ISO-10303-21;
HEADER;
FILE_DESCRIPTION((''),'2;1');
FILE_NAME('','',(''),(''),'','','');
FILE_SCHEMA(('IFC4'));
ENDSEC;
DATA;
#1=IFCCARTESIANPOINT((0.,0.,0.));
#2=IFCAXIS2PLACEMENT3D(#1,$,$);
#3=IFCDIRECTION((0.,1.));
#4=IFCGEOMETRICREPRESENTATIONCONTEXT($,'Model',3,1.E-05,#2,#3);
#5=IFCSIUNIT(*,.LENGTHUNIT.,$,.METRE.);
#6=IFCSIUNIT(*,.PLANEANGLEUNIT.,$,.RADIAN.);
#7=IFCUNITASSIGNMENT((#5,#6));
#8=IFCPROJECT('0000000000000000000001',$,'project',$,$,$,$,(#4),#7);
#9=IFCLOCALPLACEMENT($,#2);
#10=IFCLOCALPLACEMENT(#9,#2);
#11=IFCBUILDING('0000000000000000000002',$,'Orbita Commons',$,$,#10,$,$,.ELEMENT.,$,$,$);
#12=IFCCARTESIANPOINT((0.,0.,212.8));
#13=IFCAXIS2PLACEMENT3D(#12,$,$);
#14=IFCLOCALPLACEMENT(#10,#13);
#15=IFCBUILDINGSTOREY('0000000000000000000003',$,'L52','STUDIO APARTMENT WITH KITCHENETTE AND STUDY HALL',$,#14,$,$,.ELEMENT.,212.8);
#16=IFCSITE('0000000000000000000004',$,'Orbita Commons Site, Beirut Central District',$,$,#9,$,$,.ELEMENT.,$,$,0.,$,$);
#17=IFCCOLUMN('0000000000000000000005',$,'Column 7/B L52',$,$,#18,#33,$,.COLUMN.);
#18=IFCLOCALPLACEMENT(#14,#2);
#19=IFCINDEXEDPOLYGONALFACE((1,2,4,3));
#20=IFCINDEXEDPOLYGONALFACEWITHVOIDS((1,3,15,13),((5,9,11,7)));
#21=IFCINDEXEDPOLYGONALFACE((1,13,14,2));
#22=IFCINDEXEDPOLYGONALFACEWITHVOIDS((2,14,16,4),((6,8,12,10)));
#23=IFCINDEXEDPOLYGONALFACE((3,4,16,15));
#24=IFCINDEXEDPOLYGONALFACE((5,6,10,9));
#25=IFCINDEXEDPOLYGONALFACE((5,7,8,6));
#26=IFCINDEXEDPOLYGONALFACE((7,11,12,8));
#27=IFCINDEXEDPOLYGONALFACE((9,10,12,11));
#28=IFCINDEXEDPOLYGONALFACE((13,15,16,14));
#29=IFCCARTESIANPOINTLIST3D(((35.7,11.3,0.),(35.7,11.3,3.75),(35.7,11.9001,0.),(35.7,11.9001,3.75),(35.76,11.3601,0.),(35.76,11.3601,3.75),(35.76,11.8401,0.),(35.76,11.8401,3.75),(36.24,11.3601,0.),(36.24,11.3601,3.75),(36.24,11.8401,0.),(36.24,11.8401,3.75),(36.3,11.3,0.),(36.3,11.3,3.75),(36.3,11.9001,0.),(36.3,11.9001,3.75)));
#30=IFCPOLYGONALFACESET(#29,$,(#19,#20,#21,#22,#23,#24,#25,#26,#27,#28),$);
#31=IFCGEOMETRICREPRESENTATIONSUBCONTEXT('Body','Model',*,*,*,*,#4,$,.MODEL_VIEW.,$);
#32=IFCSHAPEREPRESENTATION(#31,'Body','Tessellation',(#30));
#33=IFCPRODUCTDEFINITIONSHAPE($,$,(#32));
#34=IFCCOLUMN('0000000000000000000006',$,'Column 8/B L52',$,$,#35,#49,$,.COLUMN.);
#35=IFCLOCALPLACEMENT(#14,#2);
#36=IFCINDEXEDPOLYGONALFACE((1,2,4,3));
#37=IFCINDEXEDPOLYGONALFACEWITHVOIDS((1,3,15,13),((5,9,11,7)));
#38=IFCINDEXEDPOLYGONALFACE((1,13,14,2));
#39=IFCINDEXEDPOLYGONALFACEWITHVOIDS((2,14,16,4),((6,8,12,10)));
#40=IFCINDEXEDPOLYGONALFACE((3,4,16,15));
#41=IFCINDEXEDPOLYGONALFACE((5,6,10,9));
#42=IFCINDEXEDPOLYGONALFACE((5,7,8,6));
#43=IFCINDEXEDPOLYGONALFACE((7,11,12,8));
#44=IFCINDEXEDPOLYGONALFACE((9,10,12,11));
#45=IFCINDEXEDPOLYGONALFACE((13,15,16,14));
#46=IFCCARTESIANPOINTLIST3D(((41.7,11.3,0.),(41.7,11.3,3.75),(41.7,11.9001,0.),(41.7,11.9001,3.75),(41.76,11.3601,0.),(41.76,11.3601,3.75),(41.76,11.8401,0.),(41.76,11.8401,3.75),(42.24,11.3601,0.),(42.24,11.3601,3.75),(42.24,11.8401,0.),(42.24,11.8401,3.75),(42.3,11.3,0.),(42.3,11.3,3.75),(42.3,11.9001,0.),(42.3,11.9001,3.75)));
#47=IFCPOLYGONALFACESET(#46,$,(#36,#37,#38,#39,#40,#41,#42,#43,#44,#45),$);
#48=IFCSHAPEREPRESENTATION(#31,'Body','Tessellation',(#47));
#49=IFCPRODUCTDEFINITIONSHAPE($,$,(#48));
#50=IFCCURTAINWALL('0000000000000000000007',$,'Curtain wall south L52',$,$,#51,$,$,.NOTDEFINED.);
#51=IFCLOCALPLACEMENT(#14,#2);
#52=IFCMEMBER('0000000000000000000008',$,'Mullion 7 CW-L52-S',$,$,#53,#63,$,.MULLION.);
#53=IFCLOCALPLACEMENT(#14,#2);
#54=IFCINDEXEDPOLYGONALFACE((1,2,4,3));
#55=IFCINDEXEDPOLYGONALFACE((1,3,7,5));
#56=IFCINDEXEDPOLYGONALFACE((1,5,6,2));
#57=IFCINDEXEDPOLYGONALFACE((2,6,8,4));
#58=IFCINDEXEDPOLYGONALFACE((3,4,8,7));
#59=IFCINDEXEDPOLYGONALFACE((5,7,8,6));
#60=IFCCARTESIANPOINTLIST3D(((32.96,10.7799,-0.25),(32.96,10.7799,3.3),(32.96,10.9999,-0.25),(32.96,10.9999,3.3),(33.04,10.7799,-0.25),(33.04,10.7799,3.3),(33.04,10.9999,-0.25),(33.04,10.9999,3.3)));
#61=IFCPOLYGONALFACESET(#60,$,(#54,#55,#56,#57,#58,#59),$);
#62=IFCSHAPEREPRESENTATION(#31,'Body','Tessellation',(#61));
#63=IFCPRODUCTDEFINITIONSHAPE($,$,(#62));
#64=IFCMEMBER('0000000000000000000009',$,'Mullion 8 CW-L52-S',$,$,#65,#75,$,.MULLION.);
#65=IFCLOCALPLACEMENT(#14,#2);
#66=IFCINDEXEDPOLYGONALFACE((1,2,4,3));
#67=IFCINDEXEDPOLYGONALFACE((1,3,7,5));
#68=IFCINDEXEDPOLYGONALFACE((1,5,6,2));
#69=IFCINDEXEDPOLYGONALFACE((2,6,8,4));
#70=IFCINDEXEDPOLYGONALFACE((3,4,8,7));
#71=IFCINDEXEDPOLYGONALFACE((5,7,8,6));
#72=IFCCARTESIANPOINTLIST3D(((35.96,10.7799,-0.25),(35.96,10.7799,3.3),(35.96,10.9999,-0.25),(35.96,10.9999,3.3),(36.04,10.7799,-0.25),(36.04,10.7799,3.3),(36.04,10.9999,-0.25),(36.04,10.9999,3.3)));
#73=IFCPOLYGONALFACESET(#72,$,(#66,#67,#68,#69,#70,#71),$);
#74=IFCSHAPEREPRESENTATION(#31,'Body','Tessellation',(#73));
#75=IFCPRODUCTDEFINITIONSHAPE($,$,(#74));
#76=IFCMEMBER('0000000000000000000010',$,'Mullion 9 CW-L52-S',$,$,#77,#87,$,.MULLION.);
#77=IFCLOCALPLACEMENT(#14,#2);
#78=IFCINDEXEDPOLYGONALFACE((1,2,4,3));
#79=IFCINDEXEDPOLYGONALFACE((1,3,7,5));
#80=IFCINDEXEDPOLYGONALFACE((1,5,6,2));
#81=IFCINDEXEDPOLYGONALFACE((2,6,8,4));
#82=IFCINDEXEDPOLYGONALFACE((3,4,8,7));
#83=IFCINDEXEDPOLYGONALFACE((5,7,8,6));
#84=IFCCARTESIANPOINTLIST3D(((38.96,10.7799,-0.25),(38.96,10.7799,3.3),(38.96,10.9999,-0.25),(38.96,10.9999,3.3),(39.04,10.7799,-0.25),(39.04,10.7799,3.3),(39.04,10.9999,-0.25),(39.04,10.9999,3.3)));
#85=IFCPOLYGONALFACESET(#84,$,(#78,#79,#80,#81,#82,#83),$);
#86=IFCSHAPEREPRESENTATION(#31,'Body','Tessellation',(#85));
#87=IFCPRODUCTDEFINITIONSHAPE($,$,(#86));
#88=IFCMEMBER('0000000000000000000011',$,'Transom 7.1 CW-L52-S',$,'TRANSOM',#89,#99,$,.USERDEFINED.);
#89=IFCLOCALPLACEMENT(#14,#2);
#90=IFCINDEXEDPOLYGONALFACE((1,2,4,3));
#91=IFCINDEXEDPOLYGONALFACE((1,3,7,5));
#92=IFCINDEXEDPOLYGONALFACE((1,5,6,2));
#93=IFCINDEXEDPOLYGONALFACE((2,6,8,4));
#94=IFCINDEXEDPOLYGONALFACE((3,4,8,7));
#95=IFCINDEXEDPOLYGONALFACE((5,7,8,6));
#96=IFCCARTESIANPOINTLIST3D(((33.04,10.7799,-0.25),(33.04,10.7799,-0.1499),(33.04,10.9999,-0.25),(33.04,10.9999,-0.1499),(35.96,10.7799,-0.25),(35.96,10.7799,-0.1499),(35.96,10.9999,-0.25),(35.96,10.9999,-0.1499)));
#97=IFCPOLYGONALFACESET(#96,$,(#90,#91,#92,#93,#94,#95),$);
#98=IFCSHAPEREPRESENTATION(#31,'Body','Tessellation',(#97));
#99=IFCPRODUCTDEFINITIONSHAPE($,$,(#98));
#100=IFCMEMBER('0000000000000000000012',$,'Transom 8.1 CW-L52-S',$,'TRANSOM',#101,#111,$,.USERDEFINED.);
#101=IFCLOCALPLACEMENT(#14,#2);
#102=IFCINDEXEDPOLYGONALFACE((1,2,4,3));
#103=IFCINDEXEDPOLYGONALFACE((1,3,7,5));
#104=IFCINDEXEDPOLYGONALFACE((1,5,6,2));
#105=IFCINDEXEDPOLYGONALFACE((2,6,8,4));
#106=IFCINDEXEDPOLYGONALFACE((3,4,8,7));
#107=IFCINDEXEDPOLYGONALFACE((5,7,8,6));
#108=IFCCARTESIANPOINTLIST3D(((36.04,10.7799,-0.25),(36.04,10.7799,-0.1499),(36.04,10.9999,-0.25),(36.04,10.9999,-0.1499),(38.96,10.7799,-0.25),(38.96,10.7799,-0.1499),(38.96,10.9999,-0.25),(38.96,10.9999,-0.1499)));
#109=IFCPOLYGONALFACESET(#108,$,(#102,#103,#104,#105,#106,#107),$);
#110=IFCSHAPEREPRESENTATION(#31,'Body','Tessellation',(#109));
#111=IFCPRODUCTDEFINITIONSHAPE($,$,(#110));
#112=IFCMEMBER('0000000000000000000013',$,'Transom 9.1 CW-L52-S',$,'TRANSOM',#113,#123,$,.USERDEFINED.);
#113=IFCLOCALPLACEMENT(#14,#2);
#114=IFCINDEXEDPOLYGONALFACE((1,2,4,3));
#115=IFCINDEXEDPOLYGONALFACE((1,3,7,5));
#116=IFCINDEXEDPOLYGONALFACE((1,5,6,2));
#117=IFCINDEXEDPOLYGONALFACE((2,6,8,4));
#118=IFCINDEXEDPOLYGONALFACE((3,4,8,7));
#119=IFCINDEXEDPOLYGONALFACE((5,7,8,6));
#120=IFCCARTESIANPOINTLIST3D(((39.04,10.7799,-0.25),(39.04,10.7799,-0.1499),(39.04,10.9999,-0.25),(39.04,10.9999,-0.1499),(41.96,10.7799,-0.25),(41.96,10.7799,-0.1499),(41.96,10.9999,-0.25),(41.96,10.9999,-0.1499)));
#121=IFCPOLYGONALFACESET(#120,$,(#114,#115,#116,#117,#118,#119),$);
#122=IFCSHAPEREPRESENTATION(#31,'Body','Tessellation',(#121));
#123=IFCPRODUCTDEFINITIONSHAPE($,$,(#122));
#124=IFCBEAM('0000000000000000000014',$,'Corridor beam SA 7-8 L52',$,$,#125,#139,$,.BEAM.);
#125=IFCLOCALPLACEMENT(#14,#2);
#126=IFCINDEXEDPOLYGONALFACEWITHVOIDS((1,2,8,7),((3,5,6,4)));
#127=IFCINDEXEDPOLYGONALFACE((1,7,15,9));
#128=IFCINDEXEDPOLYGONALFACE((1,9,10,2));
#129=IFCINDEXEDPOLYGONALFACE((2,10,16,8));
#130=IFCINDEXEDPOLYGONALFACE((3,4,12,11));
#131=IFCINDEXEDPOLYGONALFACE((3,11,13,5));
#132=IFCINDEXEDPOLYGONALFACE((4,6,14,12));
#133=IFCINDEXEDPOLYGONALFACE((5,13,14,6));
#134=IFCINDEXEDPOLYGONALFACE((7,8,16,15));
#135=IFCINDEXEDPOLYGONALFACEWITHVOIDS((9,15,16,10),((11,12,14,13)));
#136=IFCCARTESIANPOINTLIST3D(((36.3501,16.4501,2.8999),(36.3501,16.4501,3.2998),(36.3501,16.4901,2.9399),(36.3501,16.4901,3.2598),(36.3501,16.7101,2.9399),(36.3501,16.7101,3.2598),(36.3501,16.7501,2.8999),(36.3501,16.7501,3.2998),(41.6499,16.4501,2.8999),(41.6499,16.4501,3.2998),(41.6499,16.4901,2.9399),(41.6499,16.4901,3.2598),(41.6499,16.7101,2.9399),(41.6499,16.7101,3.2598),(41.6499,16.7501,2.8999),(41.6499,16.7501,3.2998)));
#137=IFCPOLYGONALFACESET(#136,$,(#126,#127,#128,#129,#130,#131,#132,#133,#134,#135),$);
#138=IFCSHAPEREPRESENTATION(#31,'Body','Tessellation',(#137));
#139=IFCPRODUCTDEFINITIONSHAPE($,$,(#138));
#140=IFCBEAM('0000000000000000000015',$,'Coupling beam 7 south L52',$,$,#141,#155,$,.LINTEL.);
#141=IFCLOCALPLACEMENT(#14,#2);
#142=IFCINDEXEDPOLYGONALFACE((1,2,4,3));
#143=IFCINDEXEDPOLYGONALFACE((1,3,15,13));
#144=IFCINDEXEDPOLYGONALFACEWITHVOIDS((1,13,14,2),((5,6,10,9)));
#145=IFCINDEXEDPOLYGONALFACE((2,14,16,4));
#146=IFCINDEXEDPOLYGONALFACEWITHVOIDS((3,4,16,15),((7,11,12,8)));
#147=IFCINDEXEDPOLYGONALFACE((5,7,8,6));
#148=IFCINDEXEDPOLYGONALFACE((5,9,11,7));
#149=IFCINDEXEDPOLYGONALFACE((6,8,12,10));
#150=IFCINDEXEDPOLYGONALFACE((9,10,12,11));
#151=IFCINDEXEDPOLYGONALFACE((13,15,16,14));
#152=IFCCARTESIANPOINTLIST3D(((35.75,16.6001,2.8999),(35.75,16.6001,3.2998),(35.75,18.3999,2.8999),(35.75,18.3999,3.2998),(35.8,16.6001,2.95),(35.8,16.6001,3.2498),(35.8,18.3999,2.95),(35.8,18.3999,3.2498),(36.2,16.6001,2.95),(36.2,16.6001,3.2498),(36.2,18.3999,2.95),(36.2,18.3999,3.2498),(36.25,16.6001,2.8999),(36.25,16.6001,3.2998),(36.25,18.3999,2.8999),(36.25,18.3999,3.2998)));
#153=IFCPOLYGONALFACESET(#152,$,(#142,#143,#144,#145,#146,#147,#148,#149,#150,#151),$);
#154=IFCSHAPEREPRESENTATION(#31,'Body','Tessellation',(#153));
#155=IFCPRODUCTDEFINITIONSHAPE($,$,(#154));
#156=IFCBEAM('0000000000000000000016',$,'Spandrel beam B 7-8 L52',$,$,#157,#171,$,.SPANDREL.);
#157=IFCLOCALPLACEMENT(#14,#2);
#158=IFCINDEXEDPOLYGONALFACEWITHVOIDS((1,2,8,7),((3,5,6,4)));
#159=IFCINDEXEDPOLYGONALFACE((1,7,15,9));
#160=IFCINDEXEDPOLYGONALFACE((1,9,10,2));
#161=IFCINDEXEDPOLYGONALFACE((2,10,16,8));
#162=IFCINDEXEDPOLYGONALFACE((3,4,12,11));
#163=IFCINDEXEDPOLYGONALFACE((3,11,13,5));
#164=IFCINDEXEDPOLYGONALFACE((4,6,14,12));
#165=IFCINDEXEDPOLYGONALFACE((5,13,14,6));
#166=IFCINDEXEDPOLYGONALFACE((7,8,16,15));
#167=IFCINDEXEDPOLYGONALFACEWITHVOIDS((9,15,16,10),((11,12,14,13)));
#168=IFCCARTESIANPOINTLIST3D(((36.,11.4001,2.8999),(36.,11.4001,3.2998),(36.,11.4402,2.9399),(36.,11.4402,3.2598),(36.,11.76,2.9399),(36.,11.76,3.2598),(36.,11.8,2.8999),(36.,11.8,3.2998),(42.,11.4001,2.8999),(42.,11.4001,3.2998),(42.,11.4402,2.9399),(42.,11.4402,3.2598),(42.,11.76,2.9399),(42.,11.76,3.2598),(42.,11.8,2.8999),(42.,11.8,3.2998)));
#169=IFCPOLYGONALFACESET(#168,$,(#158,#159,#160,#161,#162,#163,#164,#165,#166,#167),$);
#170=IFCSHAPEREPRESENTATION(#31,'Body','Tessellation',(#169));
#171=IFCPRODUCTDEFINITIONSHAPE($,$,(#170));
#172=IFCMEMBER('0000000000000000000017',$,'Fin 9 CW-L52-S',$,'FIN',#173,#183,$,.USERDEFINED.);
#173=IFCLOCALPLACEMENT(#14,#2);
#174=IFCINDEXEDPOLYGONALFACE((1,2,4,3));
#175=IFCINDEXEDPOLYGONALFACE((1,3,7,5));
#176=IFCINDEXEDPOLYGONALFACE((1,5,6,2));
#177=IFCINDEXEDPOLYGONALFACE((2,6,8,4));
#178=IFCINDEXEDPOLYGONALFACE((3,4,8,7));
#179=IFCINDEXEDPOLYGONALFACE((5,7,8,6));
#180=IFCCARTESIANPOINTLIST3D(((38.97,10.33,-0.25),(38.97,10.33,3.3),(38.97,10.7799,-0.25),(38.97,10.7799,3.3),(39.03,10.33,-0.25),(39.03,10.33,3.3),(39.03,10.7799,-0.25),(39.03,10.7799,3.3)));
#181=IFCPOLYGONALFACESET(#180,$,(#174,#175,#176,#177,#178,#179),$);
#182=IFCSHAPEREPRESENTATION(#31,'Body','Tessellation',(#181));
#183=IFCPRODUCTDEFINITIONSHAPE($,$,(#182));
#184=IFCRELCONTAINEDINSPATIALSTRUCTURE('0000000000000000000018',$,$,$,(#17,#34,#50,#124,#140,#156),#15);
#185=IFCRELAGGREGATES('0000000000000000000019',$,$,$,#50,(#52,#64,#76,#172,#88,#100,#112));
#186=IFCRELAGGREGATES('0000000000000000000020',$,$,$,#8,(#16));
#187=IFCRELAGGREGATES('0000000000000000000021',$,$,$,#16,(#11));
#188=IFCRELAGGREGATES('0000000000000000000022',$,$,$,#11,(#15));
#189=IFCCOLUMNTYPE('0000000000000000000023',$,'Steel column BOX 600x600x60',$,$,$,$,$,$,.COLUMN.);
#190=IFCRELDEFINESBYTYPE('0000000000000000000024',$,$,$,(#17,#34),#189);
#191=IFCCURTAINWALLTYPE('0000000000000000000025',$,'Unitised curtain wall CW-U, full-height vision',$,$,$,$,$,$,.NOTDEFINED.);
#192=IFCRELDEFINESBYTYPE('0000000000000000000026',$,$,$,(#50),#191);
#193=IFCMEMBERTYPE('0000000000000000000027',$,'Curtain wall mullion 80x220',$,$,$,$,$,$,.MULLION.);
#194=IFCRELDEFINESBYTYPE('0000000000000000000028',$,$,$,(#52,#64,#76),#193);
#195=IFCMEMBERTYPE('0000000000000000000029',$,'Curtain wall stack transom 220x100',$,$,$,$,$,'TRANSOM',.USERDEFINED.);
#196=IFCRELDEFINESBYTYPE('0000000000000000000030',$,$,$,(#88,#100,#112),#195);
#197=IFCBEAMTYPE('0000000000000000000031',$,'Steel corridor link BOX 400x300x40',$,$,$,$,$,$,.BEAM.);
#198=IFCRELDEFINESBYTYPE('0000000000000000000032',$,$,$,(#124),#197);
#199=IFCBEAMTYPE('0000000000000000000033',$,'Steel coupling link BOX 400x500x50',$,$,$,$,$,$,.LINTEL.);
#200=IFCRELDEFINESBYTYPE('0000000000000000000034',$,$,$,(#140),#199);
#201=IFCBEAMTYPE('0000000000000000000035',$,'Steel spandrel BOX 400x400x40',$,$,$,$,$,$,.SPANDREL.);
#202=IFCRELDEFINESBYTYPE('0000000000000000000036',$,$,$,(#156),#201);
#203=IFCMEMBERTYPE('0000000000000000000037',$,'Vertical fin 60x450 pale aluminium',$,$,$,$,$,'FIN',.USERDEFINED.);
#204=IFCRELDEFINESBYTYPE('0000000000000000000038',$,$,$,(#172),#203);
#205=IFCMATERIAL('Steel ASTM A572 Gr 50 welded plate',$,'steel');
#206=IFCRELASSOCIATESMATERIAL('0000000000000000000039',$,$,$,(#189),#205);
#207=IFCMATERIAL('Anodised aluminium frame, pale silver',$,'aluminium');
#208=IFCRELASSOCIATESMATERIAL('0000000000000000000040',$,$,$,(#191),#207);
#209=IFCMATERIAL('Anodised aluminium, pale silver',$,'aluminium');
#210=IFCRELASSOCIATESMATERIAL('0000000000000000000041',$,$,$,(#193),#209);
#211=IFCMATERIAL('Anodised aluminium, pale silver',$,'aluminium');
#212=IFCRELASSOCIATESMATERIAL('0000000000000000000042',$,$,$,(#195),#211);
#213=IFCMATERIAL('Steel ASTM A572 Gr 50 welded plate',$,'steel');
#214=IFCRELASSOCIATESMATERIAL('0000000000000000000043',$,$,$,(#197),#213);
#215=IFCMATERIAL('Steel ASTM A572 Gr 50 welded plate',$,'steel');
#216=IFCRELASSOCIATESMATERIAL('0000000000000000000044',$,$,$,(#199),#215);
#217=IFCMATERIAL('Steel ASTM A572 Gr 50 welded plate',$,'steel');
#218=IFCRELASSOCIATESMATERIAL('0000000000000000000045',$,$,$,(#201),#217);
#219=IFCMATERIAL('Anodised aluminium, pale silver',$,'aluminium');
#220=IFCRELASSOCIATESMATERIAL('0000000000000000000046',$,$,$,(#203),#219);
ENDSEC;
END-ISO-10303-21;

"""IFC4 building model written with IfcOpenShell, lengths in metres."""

from ifc_helpers import new_model, si_unit, direction, frame, origin, origin_2d, place, context, subcontext, project, spatial, rectangle, hollow_rectangle, extrude, material, material_profile, profile_set, type_object, element, aggregate, save


model = new_model("IFC4")

# Units and contexts
model_context = context("Model", 3, precision=1e-05, world=origin(), true_north=direction((0.0, 1.0)))
body_context = subcontext(model_context, "Body", "Model", "MODEL_VIEW")
ifc_project = project(units=[si_unit("LENGTHUNIT", "METRE"), si_unit("PLANEANGLEUNIT", "RADIAN")], contexts=[model_context])

# Site, building, storey
site_placement = place(None, origin())
site = spatial("IfcSite", under=ifc_project, at=site_placement, Name="Orbita Commons Site, Beirut Central District", CompositionType="ELEMENT", RefElevation=0.0)
building_placement = place(site_placement, origin())
building = spatial("IfcBuilding", under=site, at=building_placement, Name="Orbita Commons", CompositionType="ELEMENT")
storey_placement = place(building_placement, frame((0.0, 0.0, 212.8)))
storey = spatial("IfcBuildingStorey", under=building, at=storey_placement, Name="L52", Description="STUDIO APARTMENT WITH KITCHENETTE AND STUDY HALL", CompositionType="ELEMENT", Elevation=212.8)

# Columns
ifc_material_1 = material(Name="Steel ASTM A572 Gr 50 welded plate", Category="steel")
ifc_material_profile_1 = material_profile(ifc_material_1, hollow_rectangle(XDim=0.6001, YDim=0.6001, WallThickness=0.0601, at=origin_2d()), Name="BOX 600x600x60")
ifc_profile_set_1 = profile_set([ifc_material_profile_1], Name="Steel ASTM A572 Gr 50 welded plate")
column_type = type_object("IfcColumnType", Name="Steel column BOX 600x600x60", PredefinedType="COLUMN", material=ifc_profile_set_1)
for number, where, z_axis, x_axis, name in (
    (1, (36.0, 11.6001, 0.0), (0.0, 0.0, 1.0), (1.0, 0.0, 0.0), "Column 7/B L52"),
    (2, (42.0, 11.6001, 0.0), (0.0, 0.0, 1.0), (1.0, 0.0, 0.0), "Column 8/B L52"),
):
    element("IfcColumn", number, at=place(storey_placement, frame(where, z_axis=z_axis, x_axis=x_axis)), inside=storey, type_object=column_type, Name=name, PredefinedType="COLUMN", context=body_context, shape_type="SweptSolid", body=[
        extrude(hollow_rectangle(XDim=0.6001, YDim=0.6001, WallThickness=0.0601, at=origin_2d()), origin(), (0.0, 0.0, 1.0), 3.75),
    ])

# Curtain wall, members
ifc_material_2 = material(Name="Anodised aluminium frame, pale silver", Category="aluminium")
curtain_wall_type = type_object("IfcCurtainWallType", Name="Unitised curtain wall CW-U, full-height vision", PredefinedType="NOTDEFINED", material=ifc_material_2)
curtain_wall_placement = place(storey_placement, origin())
curtain_wall = element("IfcCurtainWall", 3, at=curtain_wall_placement, inside=storey, type_object=curtain_wall_type, Name="Curtain wall south L52", PredefinedType="NOTDEFINED")
ifc_material_3 = material(Name="Anodised aluminium, pale silver", Category="aluminium")
ifc_material_profile_2 = material_profile(ifc_material_3, rectangle(XDim=0.0801, YDim=0.22, at=origin_2d()), Name="AL 80x220")
ifc_profile_set_2 = profile_set([ifc_material_profile_2], Name="Anodised aluminium, pale silver")
member_type_1 = type_object("IfcMemberType", Name="Curtain wall mullion 80x220", PredefinedType="MULLION", material=ifc_profile_set_2)
member_1_placement = place(storey_placement, frame((33.0, 10.8899, -0.25), z_axis=(0.0, 0.0, 1.0), x_axis=(1.0, 0.0, 0.0)))
member_1 = element("IfcMember", 4, at=member_1_placement, type_object=member_type_1, Name="Mullion 7 CW-L52-S", PredefinedType="MULLION", context=body_context, shape_type="SweptSolid", body=[
    extrude(rectangle(XDim=0.0801, YDim=0.22, at=origin_2d()), origin(), (0.0, 0.0, 1.0), 3.55),
])
member_2_placement = place(storey_placement, frame((36.0, 10.8899, -0.25), z_axis=(0.0, 0.0, 1.0), x_axis=(1.0, 0.0, 0.0)))
member_2 = element("IfcMember", 5, at=member_2_placement, type_object=member_type_1, Name="Mullion 8 CW-L52-S", PredefinedType="MULLION", context=body_context, shape_type="SweptSolid", body=[
    extrude(rectangle(XDim=0.0801, YDim=0.22, at=origin_2d()), origin(), (0.0, 0.0, 1.0), 3.55),
])
member_3_placement = place(storey_placement, frame((39.0, 10.8899, -0.25), z_axis=(0.0, 0.0, 1.0), x_axis=(1.0, 0.0, 0.0)))
member_3 = element("IfcMember", 6, at=member_3_placement, type_object=member_type_1, Name="Mullion 9 CW-L52-S", PredefinedType="MULLION", context=body_context, shape_type="SweptSolid", body=[
    extrude(rectangle(XDim=0.0801, YDim=0.22, at=origin_2d()), origin(), (0.0, 0.0, 1.0), 3.55),
])
ifc_material_4 = material(Name="Anodised aluminium, pale silver", Category="aluminium")
ifc_material_profile_3 = material_profile(ifc_material_4, rectangle(XDim=0.22, YDim=0.1001, at=origin_2d()), Name="AL 220x100")
ifc_profile_set_3 = profile_set([ifc_material_profile_3], Name="Anodised aluminium, pale silver")
member_type_2 = type_object("IfcMemberType", Name="Curtain wall stack transom 220x100", ElementType="TRANSOM", PredefinedType="USERDEFINED", material=ifc_profile_set_3)
member_4_placement = place(storey_placement, frame((33.04, 10.8899, -0.2), z_axis=(1.0, 0.0, 0.0), x_axis=(0.0, 1.0, 0.0)))
member_4 = element("IfcMember", 7, at=member_4_placement, type_object=member_type_2, Name="Transom 7.1 CW-L52-S", ObjectType="TRANSOM", PredefinedType="USERDEFINED", context=body_context, shape_type="SweptSolid", body=[
    extrude(rectangle(XDim=0.22, YDim=0.1001, at=origin_2d()), origin(), (0.0, 0.0, 1.0), 2.9199),
])
member_5_placement = place(storey_placement, frame((36.04, 10.8899, -0.2), z_axis=(1.0, 0.0, 0.0), x_axis=(0.0, 1.0, 0.0)))
member_5 = element("IfcMember", 8, at=member_5_placement, type_object=member_type_2, Name="Transom 8.1 CW-L52-S", ObjectType="TRANSOM", PredefinedType="USERDEFINED", context=body_context, shape_type="SweptSolid", body=[
    extrude(rectangle(XDim=0.22, YDim=0.1001, at=origin_2d()), origin(), (0.0, 0.0, 1.0), 2.9199),
])
member_6_placement = place(storey_placement, frame((39.04, 10.8899, -0.2), z_axis=(1.0, 0.0, 0.0), x_axis=(0.0, 1.0, 0.0)))
member_6 = element("IfcMember", 9, at=member_6_placement, type_object=member_type_2, Name="Transom 9.1 CW-L52-S", ObjectType="TRANSOM", PredefinedType="USERDEFINED", context=body_context, shape_type="SweptSolid", body=[
    extrude(rectangle(XDim=0.22, YDim=0.1001, at=origin_2d()), origin(), (0.0, 0.0, 1.0), 2.9199),
])

# Beams
ifc_material_5 = material(Name="Steel ASTM A572 Gr 50 welded plate", Category="steel")
ifc_material_profile_4 = material_profile(ifc_material_5, hollow_rectangle(XDim=0.3, YDim=0.3999, WallThickness=0.04, at=origin_2d()), Name="BOX 400x300x40")
ifc_profile_set_4 = profile_set([ifc_material_profile_4], Name="Steel ASTM A572 Gr 50 welded plate")
beam_type_1 = type_object("IfcBeamType", Name="Steel corridor link BOX 400x300x40", PredefinedType="BEAM", material=ifc_profile_set_4)
beam_1_placement = place(storey_placement, frame((36.3501, 16.6001, 3.0999), z_axis=(1.0, 0.0, 0.0), x_axis=(0.0, 1.0, 0.0)))
element("IfcBeam", 10, at=beam_1_placement, inside=storey, type_object=beam_type_1, Name="Corridor beam SA 7-8 L52", PredefinedType="BEAM", context=body_context, shape_type="SweptSolid", body=[
    extrude(hollow_rectangle(XDim=0.3, YDim=0.3999, WallThickness=0.04, at=origin_2d()), origin(), (0.0, 0.0, 1.0), 5.2998),
])
ifc_material_6 = material(Name="Steel ASTM A572 Gr 50 welded plate", Category="steel")
ifc_material_profile_5 = material_profile(ifc_material_6, hollow_rectangle(XDim=0.5, YDim=0.3999, WallThickness=0.05, at=origin_2d()), Name="BOX 400x500x50")
ifc_profile_set_5 = profile_set([ifc_material_profile_5], Name="Steel ASTM A572 Gr 50 welded plate")
beam_type_2 = type_object("IfcBeamType", Name="Steel coupling link BOX 400x500x50", PredefinedType="LINTEL", material=ifc_profile_set_5)
beam_2_placement = place(storey_placement, frame((36.0, 16.6001, 3.0999), z_axis=(0.0, 1.0, 0.0), x_axis=(-1.0, 0.0, 0.0)))
element("IfcBeam", 11, at=beam_2_placement, inside=storey, type_object=beam_type_2, Name="Coupling beam 7 south L52", PredefinedType="LINTEL", context=body_context, shape_type="SweptSolid", body=[
    extrude(hollow_rectangle(XDim=0.5, YDim=0.3999, WallThickness=0.05, at=origin_2d()), origin(), (0.0, 0.0, 1.0), 1.7998),
])
ifc_material_7 = material(Name="Steel ASTM A572 Gr 50 welded plate", Category="steel")
ifc_material_profile_6 = material_profile(ifc_material_7, hollow_rectangle(XDim=0.3999, YDim=0.3999, WallThickness=0.04, at=origin_2d()), Name="BOX 400x400x40")
ifc_profile_set_6 = profile_set([ifc_material_profile_6], Name="Steel ASTM A572 Gr 50 welded plate")
beam_type_3 = type_object("IfcBeamType", Name="Steel spandrel BOX 400x400x40", PredefinedType="SPANDREL", material=ifc_profile_set_6)
beam_3_placement = place(storey_placement, frame((36.0, 11.6001, 3.0999), z_axis=(1.0, 0.0, 0.0), x_axis=(0.0, 1.0, 0.0)))
element("IfcBeam", 12, at=beam_3_placement, inside=storey, type_object=beam_type_3, Name="Spandrel beam B 7-8 L52", PredefinedType="SPANDREL", context=body_context, shape_type="SweptSolid", body=[
    extrude(hollow_rectangle(XDim=0.3999, YDim=0.3999, WallThickness=0.04, at=origin_2d()), origin(), (0.0, 0.0, 1.0), 6.0),
])

# Member
ifc_material_8 = material(Name="Anodised aluminium, pale silver", Category="aluminium")
ifc_material_profile_7 = material_profile(ifc_material_8, rectangle(XDim=0.0601, YDim=0.45, at=origin_2d()), Name="FIN 60x450")
ifc_profile_set_7 = profile_set([ifc_material_profile_7], Name="Anodised aluminium, pale silver")
member_type_3 = type_object("IfcMemberType", Name="Vertical fin 60x450 pale aluminium", ElementType="FIN", PredefinedType="USERDEFINED", material=ifc_profile_set_7)
member_7_placement = place(storey_placement, frame((39.0, 10.5549, -0.25), z_axis=(0.0, 0.0, 1.0), x_axis=(1.0, 0.0, 0.0)))
member_7 = element("IfcMember", 13, at=member_7_placement, type_object=member_type_3, Name="Fin 9 CW-L52-S", ObjectType="FIN", PredefinedType="USERDEFINED", context=body_context, shape_type="SweptSolid", body=[
    extrude(rectangle(XDim=0.0601, YDim=0.45, at=origin_2d()), origin(), (0.0, 0.0, 1.0), 3.55),
])

aggregate(curtain_wall, [member_1, member_2, member_3, member_7, member_4, member_5, member_6])

save(model, "model.ifc")
